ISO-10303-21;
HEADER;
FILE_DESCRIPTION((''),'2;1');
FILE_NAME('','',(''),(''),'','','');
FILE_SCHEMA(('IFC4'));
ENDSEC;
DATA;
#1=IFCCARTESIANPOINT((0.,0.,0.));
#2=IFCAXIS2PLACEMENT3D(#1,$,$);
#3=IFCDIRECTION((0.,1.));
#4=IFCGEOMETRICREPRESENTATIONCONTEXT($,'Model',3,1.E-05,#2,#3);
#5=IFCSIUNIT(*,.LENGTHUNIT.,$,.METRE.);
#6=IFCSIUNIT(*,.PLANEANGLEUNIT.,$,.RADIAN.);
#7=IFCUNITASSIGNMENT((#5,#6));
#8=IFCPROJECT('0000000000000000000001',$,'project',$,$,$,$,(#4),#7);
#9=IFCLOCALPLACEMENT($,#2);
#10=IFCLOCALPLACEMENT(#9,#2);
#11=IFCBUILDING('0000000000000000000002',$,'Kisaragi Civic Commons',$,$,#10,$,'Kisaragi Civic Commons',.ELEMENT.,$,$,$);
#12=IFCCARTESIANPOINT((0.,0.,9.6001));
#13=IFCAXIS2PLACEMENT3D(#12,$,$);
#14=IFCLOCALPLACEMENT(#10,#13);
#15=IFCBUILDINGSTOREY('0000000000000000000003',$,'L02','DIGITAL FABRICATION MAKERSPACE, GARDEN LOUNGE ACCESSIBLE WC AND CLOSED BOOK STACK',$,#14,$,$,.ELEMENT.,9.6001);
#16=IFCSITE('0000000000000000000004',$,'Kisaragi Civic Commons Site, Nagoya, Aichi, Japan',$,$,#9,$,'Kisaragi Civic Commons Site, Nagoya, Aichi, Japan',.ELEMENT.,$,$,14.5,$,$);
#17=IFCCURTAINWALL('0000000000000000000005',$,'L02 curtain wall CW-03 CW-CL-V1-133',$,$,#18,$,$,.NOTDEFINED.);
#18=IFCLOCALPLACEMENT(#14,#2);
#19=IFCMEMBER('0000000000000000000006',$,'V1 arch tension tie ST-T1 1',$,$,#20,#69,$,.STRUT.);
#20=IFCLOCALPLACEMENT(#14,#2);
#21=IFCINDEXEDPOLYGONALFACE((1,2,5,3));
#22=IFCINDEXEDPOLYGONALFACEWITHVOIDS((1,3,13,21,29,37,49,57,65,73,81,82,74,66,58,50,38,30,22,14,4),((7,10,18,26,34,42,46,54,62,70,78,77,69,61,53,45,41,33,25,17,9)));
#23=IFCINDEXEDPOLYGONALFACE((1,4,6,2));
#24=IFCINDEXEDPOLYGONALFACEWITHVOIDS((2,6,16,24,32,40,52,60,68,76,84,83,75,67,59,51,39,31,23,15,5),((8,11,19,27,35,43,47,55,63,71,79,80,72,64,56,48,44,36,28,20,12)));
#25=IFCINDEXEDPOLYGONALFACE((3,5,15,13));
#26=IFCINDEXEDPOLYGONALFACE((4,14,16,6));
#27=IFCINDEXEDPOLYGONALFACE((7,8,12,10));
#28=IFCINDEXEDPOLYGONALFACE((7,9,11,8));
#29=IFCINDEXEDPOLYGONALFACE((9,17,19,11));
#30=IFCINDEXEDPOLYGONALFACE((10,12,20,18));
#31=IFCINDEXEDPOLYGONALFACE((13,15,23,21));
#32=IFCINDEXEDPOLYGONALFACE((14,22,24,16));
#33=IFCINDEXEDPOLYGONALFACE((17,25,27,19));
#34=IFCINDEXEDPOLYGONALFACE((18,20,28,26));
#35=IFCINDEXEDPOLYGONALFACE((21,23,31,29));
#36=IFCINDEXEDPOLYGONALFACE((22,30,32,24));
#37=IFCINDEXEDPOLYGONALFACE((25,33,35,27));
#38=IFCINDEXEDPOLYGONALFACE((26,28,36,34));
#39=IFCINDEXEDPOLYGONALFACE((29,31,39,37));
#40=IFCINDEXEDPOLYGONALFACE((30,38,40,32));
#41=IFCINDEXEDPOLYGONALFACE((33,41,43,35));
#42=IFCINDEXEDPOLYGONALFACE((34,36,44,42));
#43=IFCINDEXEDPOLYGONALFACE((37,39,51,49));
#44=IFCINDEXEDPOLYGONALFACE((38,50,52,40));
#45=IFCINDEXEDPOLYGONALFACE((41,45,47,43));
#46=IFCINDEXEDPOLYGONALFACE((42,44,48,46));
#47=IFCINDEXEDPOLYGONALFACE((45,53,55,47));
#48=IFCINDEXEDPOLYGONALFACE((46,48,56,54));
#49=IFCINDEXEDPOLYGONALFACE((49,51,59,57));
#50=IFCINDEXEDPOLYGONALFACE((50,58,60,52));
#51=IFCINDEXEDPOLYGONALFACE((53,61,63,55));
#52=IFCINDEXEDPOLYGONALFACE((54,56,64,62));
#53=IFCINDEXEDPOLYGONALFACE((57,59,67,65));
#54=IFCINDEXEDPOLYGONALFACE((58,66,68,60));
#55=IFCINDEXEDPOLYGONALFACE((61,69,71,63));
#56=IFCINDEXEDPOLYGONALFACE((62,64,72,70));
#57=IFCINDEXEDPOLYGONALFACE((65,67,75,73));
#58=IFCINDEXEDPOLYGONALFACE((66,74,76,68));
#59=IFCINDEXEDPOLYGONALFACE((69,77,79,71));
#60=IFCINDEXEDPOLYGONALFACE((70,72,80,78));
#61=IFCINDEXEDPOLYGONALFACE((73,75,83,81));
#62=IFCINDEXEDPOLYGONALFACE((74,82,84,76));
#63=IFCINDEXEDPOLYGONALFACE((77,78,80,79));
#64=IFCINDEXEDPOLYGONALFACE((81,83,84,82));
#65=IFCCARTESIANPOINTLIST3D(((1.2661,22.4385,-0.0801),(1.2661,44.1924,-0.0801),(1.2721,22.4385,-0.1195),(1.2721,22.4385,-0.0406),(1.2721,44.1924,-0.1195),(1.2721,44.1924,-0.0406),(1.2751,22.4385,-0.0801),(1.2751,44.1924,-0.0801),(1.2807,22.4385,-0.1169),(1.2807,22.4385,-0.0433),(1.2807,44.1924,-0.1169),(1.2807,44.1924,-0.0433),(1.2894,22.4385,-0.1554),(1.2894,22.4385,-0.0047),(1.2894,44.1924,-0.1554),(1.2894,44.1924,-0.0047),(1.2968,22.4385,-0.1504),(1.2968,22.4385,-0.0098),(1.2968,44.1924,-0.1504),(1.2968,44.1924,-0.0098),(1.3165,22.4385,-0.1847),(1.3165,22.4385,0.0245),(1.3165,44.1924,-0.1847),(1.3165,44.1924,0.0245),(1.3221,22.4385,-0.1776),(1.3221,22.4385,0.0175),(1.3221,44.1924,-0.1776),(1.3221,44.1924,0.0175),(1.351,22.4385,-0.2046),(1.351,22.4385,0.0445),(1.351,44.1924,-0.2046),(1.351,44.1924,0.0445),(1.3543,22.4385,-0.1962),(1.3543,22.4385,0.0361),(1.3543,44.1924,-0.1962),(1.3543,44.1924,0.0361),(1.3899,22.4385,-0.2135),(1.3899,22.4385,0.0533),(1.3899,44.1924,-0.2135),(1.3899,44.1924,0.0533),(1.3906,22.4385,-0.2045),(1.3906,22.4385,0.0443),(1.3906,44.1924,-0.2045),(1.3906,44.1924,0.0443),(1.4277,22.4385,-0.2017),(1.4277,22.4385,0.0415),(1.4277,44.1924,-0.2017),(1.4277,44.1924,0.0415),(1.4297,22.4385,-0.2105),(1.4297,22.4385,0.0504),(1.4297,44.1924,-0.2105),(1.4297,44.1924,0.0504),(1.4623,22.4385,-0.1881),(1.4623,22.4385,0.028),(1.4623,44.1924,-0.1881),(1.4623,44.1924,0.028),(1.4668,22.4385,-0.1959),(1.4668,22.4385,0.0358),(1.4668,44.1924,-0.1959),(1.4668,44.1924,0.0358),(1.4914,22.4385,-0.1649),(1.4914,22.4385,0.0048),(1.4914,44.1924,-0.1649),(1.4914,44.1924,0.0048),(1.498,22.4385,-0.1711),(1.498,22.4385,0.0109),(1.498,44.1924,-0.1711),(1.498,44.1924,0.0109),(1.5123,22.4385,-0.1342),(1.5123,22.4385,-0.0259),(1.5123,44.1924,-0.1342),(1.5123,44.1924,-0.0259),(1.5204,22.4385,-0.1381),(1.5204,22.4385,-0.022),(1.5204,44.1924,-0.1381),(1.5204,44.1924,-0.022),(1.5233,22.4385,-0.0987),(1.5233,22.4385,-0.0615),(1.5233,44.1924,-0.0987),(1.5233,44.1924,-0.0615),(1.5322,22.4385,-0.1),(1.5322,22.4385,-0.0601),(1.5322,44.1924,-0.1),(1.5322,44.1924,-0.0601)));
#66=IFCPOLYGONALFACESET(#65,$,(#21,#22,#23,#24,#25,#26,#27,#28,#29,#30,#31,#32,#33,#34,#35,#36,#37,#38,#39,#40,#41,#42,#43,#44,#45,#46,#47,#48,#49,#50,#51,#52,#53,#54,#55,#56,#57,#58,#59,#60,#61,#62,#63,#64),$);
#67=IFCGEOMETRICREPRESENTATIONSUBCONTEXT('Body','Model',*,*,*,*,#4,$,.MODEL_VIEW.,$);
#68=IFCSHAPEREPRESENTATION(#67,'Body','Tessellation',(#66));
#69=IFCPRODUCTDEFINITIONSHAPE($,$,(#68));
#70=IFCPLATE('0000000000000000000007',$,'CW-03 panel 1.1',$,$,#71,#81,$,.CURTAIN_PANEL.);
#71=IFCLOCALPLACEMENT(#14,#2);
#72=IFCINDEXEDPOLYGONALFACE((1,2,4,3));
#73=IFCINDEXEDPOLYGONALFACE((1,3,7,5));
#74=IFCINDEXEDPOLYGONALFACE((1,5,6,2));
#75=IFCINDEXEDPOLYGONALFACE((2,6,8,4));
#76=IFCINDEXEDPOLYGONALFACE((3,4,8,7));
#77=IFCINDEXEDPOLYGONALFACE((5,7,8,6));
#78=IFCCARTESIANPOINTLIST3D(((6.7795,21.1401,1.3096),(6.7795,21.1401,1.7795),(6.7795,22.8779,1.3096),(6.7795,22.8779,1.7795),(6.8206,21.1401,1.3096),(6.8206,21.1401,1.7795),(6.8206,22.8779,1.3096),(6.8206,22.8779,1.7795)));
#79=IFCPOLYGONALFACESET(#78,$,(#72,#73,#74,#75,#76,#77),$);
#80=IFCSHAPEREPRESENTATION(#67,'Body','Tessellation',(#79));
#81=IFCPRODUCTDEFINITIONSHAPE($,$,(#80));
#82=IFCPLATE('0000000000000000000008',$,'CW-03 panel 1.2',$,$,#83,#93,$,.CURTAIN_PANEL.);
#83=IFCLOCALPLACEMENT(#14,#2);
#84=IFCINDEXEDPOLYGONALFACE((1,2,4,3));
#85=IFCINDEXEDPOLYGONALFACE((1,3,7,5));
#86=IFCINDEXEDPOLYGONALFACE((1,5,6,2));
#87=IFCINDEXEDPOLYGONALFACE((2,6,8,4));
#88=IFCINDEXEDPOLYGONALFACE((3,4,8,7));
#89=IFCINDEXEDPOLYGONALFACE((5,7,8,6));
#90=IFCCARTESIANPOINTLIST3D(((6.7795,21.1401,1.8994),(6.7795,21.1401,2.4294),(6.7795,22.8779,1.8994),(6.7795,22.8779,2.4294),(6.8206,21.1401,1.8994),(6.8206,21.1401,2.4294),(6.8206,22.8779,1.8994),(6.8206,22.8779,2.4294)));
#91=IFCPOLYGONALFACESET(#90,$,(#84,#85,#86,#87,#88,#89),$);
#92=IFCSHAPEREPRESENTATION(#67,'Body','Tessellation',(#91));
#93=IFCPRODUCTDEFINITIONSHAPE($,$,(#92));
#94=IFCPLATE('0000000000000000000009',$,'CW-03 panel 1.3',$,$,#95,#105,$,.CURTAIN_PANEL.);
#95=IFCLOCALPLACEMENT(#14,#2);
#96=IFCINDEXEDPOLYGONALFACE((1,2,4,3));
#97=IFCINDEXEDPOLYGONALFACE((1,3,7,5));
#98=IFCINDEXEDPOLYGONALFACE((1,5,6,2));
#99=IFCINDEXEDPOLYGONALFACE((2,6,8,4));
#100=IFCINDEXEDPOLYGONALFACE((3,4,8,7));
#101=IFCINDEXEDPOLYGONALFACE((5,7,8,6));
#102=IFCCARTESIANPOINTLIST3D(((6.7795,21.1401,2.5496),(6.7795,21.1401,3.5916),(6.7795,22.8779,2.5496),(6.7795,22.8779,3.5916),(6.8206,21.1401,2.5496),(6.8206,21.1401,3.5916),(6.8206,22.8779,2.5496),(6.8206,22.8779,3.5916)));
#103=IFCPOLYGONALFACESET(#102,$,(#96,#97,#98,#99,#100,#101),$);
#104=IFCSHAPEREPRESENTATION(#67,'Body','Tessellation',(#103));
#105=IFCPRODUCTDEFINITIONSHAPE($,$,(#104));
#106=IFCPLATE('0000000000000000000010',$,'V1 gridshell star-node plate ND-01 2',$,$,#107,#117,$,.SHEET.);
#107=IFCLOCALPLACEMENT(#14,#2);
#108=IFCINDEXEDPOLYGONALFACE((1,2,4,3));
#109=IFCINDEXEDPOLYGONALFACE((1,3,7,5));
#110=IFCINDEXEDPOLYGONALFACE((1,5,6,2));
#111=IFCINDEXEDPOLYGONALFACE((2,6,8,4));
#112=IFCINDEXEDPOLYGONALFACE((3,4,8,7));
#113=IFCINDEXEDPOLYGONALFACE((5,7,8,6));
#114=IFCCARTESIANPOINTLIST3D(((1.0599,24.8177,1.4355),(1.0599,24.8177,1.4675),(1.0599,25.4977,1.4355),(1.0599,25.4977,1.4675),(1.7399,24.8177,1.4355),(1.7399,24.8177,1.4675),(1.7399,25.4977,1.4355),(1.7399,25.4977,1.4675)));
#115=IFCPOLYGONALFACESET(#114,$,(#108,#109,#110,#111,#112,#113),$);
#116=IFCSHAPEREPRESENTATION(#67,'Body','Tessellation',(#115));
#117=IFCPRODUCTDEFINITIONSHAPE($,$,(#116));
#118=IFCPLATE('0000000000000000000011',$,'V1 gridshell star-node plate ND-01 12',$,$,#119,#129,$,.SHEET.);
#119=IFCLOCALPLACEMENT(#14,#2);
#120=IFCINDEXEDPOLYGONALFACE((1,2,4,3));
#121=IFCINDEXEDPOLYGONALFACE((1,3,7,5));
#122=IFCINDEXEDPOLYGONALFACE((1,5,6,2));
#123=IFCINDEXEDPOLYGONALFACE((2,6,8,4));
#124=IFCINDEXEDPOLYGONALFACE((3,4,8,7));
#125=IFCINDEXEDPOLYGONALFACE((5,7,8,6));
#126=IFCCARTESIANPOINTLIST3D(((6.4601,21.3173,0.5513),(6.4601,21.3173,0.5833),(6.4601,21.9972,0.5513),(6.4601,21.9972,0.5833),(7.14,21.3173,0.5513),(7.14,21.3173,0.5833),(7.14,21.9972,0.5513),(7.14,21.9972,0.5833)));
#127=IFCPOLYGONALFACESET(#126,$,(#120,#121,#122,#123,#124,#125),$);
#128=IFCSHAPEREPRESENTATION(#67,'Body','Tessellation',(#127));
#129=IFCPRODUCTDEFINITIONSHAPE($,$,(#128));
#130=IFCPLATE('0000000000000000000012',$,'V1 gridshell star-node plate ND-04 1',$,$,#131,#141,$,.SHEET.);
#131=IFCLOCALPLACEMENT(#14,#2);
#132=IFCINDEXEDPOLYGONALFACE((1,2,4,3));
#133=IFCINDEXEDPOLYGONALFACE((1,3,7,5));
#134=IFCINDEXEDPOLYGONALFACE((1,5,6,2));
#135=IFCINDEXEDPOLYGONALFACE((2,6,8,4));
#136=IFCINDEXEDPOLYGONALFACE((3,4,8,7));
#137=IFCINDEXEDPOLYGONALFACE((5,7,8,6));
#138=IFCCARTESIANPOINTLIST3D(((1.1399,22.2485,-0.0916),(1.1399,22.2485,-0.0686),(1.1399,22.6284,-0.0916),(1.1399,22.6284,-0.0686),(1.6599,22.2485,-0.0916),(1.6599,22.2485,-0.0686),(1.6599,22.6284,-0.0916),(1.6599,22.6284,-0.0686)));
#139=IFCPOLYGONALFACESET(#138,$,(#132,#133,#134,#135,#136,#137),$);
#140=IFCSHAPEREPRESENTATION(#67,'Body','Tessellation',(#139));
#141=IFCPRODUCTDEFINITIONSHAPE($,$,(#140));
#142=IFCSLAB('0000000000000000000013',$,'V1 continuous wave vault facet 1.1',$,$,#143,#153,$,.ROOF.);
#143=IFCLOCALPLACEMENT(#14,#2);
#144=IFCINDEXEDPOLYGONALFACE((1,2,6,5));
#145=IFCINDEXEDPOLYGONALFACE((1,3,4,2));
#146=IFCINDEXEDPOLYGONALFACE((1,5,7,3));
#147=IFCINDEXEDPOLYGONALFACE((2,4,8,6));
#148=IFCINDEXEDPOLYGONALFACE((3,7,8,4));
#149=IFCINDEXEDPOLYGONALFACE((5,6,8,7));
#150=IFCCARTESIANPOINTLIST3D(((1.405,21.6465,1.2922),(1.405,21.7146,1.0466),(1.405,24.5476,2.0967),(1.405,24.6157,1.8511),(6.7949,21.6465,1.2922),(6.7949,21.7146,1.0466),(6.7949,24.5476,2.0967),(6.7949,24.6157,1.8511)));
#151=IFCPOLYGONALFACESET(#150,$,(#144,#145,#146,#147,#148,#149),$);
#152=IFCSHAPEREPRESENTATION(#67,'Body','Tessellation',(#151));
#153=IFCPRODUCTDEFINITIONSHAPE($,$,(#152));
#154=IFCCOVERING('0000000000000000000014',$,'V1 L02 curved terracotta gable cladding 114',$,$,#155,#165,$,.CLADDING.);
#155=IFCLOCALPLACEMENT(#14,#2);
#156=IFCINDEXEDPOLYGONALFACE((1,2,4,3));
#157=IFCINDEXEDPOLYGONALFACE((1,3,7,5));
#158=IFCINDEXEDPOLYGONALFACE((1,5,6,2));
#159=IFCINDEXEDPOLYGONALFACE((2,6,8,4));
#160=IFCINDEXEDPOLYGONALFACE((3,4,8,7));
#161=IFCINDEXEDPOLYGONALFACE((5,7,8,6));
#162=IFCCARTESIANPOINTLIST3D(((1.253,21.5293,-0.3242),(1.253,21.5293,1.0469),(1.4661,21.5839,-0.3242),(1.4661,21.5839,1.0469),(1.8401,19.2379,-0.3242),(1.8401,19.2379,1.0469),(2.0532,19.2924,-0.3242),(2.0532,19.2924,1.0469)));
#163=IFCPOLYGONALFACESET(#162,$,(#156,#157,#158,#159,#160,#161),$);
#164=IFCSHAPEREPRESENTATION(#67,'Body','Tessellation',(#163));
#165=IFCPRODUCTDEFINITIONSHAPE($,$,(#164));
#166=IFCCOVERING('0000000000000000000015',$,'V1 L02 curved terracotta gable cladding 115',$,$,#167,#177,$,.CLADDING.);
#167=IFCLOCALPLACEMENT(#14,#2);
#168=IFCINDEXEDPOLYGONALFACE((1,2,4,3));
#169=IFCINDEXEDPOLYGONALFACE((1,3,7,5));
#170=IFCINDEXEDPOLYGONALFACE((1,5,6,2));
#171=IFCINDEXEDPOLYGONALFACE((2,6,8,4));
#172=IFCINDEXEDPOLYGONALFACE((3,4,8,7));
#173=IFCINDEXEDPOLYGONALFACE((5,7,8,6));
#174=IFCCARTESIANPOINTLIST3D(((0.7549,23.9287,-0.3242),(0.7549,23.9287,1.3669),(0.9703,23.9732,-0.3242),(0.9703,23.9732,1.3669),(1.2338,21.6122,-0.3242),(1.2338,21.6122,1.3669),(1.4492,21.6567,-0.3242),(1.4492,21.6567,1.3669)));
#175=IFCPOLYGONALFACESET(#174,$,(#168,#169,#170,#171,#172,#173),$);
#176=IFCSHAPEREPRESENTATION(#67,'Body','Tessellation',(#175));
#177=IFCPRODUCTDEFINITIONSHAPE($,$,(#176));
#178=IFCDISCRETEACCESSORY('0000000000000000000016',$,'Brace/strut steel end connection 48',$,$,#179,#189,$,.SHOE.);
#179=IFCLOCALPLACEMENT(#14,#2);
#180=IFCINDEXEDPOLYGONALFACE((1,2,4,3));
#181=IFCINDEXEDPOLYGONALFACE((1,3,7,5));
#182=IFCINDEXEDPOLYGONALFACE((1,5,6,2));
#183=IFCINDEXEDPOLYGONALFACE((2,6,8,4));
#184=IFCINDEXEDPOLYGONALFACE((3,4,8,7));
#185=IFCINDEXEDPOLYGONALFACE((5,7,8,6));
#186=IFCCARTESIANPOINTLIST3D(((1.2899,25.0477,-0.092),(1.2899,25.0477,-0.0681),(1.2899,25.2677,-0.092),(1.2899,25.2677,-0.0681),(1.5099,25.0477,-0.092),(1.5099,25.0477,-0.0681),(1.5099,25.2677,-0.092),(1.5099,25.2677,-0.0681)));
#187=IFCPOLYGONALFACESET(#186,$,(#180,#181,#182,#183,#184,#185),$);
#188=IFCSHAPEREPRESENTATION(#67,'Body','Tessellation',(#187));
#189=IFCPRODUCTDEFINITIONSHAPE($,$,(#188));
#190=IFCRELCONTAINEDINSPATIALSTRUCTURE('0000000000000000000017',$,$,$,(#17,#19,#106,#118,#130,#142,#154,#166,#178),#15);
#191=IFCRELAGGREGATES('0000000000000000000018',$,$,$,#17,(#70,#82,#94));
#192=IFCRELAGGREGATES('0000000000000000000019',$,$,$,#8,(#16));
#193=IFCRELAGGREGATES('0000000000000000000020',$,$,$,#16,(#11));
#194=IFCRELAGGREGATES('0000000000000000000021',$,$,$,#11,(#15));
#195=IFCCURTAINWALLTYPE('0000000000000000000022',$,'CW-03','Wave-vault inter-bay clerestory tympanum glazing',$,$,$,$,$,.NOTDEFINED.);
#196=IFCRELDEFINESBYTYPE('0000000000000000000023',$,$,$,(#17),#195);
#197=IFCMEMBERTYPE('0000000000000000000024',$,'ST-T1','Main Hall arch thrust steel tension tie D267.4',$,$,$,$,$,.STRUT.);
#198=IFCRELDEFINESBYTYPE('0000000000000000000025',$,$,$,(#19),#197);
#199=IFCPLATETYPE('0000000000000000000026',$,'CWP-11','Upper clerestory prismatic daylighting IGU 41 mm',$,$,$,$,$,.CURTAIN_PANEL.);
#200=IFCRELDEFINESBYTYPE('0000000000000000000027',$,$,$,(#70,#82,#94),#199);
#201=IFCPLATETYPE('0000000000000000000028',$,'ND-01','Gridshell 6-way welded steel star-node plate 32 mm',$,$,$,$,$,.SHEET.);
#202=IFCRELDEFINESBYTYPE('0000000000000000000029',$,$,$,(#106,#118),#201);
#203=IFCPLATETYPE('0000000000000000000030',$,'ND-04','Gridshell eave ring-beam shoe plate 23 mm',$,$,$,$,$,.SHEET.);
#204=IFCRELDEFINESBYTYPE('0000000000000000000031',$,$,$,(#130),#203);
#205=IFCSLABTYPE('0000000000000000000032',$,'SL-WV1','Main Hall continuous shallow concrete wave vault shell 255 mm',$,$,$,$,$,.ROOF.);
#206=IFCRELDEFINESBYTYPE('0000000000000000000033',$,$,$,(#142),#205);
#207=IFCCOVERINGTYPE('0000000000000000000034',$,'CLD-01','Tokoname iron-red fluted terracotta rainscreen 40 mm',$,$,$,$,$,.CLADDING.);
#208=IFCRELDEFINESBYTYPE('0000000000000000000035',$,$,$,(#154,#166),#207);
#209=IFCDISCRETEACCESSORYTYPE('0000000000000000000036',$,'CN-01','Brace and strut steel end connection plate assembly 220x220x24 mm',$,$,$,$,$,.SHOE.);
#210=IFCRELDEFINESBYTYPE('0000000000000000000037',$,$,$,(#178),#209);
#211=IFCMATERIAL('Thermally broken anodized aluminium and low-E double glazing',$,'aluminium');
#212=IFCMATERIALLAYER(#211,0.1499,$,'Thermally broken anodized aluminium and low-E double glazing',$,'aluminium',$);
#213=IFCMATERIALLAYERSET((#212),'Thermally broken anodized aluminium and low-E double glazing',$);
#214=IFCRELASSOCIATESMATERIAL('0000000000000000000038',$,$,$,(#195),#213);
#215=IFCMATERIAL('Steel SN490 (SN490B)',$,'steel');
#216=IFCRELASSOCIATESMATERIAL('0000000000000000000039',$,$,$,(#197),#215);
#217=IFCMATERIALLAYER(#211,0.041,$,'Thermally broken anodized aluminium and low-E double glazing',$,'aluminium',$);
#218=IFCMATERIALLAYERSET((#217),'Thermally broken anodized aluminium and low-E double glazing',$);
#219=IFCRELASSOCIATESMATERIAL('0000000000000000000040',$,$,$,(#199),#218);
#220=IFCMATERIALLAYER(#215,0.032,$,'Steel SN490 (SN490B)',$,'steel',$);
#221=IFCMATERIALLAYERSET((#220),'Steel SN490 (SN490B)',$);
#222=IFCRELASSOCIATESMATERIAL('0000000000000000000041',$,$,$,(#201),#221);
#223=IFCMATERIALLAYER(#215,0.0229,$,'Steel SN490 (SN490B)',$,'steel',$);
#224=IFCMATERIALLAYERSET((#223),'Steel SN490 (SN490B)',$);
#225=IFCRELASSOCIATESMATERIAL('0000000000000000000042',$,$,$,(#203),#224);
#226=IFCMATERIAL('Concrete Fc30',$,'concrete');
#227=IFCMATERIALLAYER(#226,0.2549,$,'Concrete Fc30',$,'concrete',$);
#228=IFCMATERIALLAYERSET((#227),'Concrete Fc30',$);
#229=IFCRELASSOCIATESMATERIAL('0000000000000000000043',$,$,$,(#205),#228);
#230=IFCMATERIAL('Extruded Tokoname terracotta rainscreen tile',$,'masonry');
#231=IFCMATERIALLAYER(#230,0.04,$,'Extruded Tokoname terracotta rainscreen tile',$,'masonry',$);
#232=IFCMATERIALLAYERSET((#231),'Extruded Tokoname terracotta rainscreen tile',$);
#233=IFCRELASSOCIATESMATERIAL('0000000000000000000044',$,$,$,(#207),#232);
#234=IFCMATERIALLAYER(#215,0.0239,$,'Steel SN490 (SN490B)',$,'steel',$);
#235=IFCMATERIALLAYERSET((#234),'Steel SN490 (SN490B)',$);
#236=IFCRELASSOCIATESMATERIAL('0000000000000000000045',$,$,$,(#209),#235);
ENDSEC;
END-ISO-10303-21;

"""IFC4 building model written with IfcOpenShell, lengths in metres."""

from ifc_helpers import new_model, si_unit, direction, frame, origin, origin_2d, place, context, subcontext, project, spatial, polyline, rectangle, hollow_circle, outline, extrude, material, layer, layer_set, material_profile, profile_set, type_object, element, aggregate, save


model = new_model("IFC4")

# Units and contexts
model_context = context("Model", 3, precision=1e-05, world=origin(), true_north=direction((0.0, 1.0)))
body_context = subcontext(model_context, "Body", "Model", "MODEL_VIEW")
ifc_project = project(units=[si_unit("LENGTHUNIT", "METRE"), si_unit("PLANEANGLEUNIT", "RADIAN")], contexts=[model_context])

# Site, building, storey
site_placement = place(None, origin())
site = spatial("IfcSite", under=ifc_project, at=site_placement, Name="Kisaragi Civic Commons Site, Nagoya, Aichi, Japan", LongName="Kisaragi Civic Commons Site, Nagoya, Aichi, Japan", CompositionType="ELEMENT", RefElevation=14.5)
building_placement = place(site_placement, origin())
building = spatial("IfcBuilding", under=site, at=building_placement, Name="Kisaragi Civic Commons", LongName="Kisaragi Civic Commons", CompositionType="ELEMENT")
storey_placement = place(building_placement, frame((0.0, 0.0, 9.6001)))
storey = spatial("IfcBuildingStorey", under=building, at=storey_placement, Name="L02", Description="DIGITAL FABRICATION MAKERSPACE, GARDEN LOUNGE ACCESSIBLE WC AND CLOSED BOOK STACK", CompositionType="ELEMENT", Elevation=9.6001)

# Curtain wall
ifc_material_1 = material(Name="Thermally broken anodized aluminium and low-E double glazing", Category="aluminium")
ifc_layer_1 = layer(ifc_material_1, 0.1499, Name="Thermally broken anodized aluminium and low-E double glazing", Category="aluminium")
ifc_layer_set_1 = layer_set([ifc_layer_1], Name="Thermally broken anodized aluminium and low-E double glazing")
curtain_wall_type = type_object("IfcCurtainWallType", Name="CW-03", Description="Wave-vault inter-bay clerestory tympanum glazing", PredefinedType="NOTDEFINED", material=ifc_layer_set_1)
curtain_wall_placement = place(storey_placement, origin())
curtain_wall = element("IfcCurtainWall", 1, at=curtain_wall_placement, inside=storey, type_object=curtain_wall_type, Name="L02 curtain wall CW-03 CW-CL-V1-133", PredefinedType="NOTDEFINED")

# Member
ifc_material_2 = material(Name="Steel SN490 (SN490B)", Category="steel")
ifc_material_profile_1 = material_profile(ifc_material_2, hollow_circle(Radius=0.1338, WallThickness=0.009, at=origin_2d()), Name="CHS-267.4x9.0", Category="steel")
ifc_profile_set_1 = profile_set([ifc_material_profile_1], Name="Steel SN490 (SN490B)")
member_type_1 = type_object("IfcMemberType", Name="ST-T1", Description="Main Hall arch thrust steel tension tie D267.4", PredefinedType="STRUT", material=ifc_profile_set_1)
member_1_placement = place(storey_placement, frame((1.3999, 22.4385, -0.0801), z_axis=(0.0, 1.0, 0.0), x_axis=(-1.0, 0.0, 0.0)))
element("IfcMember", 2, at=member_1_placement, inside=storey, type_object=member_type_1, Name="V1 arch tension tie ST-T1 1", PredefinedType="STRUT", context=body_context, shape_type="SweptSolid", body=[
    extrude(hollow_circle(Radius=0.1338, WallThickness=0.009, at=origin_2d()), origin(), (0.0, 0.0, 1.0), 21.7539),
])

# Plates
ifc_layer_2 = layer(ifc_material_1, 0.041, Name="Thermally broken anodized aluminium and low-E double glazing", Category="aluminium")
ifc_layer_set_2 = layer_set([ifc_layer_2], Name="Thermally broken anodized aluminium and low-E double glazing")
plate_type_1 = type_object("IfcPlateType", Name="CWP-11", Description="Upper clerestory prismatic daylighting IGU 41 mm", PredefinedType="CURTAIN_PANEL", material=ifc_layer_set_2)
plate_1_placement = place(storey_placement, frame((6.8, 22.009, 1.3096), z_axis=(0.0, 0.0, 1.0), x_axis=(0.0, 1.0, 0.0)))
plate_1 = element("IfcPlate", 3, at=plate_1_placement, type_object=plate_type_1, Name="CW-03 panel 1.1", PredefinedType="CURTAIN_PANEL", context=body_context, shape_type="SweptSolid", body=[
    extrude(rectangle(XDim=1.7378, YDim=0.041, at=origin_2d()), origin(), (0.0, 0.0, 1.0), 0.47),
])
plate_2_placement = place(storey_placement, frame((6.8, 22.009, 1.8994), z_axis=(0.0, 0.0, 1.0), x_axis=(0.0, 1.0, 0.0)))
plate_2 = element("IfcPlate", 4, at=plate_2_placement, type_object=plate_type_1, Name="CW-03 panel 1.2", PredefinedType="CURTAIN_PANEL", context=body_context, shape_type="SweptSolid", body=[
    extrude(rectangle(XDim=1.7378, YDim=0.041, at=origin_2d()), origin(), (0.0, 0.0, 1.0), 0.53),
])
plate_3_placement = place(storey_placement, frame((6.8, 22.009, 2.5496), z_axis=(0.0, 0.0, 1.0), x_axis=(0.0, 1.0, 0.0)))
plate_3 = element("IfcPlate", 5, at=plate_3_placement, type_object=plate_type_1, Name="CW-03 panel 1.3", PredefinedType="CURTAIN_PANEL", context=body_context, shape_type="SweptSolid", body=[
    extrude(rectangle(XDim=1.7378, YDim=0.041, at=origin_2d()), origin(), (0.0, 0.0, 1.0), 1.042),
])
aggregate(curtain_wall, [plate_1, plate_2, plate_3])

# Plates
ifc_layer_3 = layer(ifc_material_2, 0.032, Name="Steel SN490 (SN490B)", Category="steel")
ifc_layer_set_3 = layer_set([ifc_layer_3], Name="Steel SN490 (SN490B)")
plate_type_2 = type_object("IfcPlateType", Name="ND-01", Description="Gridshell 6-way welded steel star-node plate 32 mm", PredefinedType="SHEET", material=ifc_layer_set_3)
for number, where, z_axis, x_axis, name in (
    (6, (1.3999, 25.1577, 1.4355), (0.0, 0.0, 1.0), (1.0, 0.0, 0.0), "V1 gridshell star-node plate ND-01 2"),
    (7, (6.8, 21.6572, 0.5513), (0.0, 0.0, 1.0), (1.0, 0.0, 0.0), "V1 gridshell star-node plate ND-01 12"),
):
    element("IfcPlate", number, at=place(storey_placement, frame(where, z_axis=z_axis, x_axis=x_axis)), inside=storey, type_object=plate_type_2, Name=name, PredefinedType="SHEET", context=body_context, shape_type="SweptSolid", body=[
        extrude(rectangle(XDim=0.6799, YDim=0.6799, at=origin_2d()), origin(), (0.0, 0.0, 1.0), 0.032),
    ])
ifc_layer_4 = layer(ifc_material_2, 0.0229, Name="Steel SN490 (SN490B)", Category="steel")
ifc_layer_set_4 = layer_set([ifc_layer_4], Name="Steel SN490 (SN490B)")
plate_type_3 = type_object("IfcPlateType", Name="ND-04", Description="Gridshell eave ring-beam shoe plate 23 mm", PredefinedType="SHEET", material=ifc_layer_set_4)
plate_4_placement = place(storey_placement, frame((1.3999, 22.4385, -0.0916), z_axis=(0.0, 0.0, 1.0), x_axis=(1.0, 0.0, 0.0)))
element("IfcPlate", 8, at=plate_4_placement, inside=storey, type_object=plate_type_3, Name="V1 gridshell star-node plate ND-04 1", PredefinedType="SHEET", context=body_context, shape_type="SweptSolid", body=[
    extrude(rectangle(XDim=0.52, YDim=0.3799, at=origin_2d()), origin(), (0.0, 0.0, 1.0), 0.0229),
])

# Slab
ifc_material_3 = material(Name="Concrete Fc30", Category="concrete")
ifc_layer_5 = layer(ifc_material_3, 0.2549, Name="Concrete Fc30", Category="concrete")
ifc_layer_set_5 = layer_set([ifc_layer_5], Name="Concrete Fc30")
slab_type = type_object("IfcSlabType", Name="SL-WV1", Description="Main Hall continuous shallow concrete wave vault shell 255 mm", PredefinedType="ROOF", material=ifc_layer_set_5)
slab_placement = place(storey_placement, frame((6.7949, 24.5476, 2.0967), z_axis=(0.0, -0.267205, 0.96364), x_axis=(-1.0, 0.0, 0.0)))
element("IfcSlab", 9, at=slab_placement, inside=storey, type_object=slab_type, Name="V1 continuous wave vault facet 1.1", PredefinedType="ROOF", context=body_context, shape_type="SweptSolid", body=[
    extrude(outline(polyline([(0.0, 0.0), (5.3899, 0.0), (5.3899, 3.0106), (0.0, 3.0106), (0.0, 0.0)])), origin(), (0.0, 0.0, -1.0), 0.2549),
])

# Coverings
ifc_material_4 = material(Name="Extruded Tokoname terracotta rainscreen tile", Category="masonry")
ifc_layer_6 = layer(ifc_material_4, 0.04, Name="Extruded Tokoname terracotta rainscreen tile", Category="masonry")
ifc_layer_set_6 = layer_set([ifc_layer_6], Name="Extruded Tokoname terracotta rainscreen tile")
covering_type = type_object("IfcCoveringType", Name="CLD-01", Description="Tokoname iron-red fluted terracotta rainscreen 40 mm", PredefinedType="CLADDING", material=ifc_layer_set_6)
covering_1_placement = place(storey_placement, frame((1.6531, 20.4109, -0.3242), z_axis=(0.0, 0.0, 1.0), x_axis=(-0.248183, 0.968713, 0.0)))
element("IfcCovering", 10, at=covering_1_placement, inside=storey, type_object=covering_type, Name="V1 L02 curved terracotta gable cladding 114", PredefinedType="CLADDING", context=body_context, shape_type="SweptSolid", body=[
    extrude(rectangle(XDim=2.3655, YDim=0.22, at=origin_2d()), origin(), (0.0, 0.0, 1.0), 1.3711),
])
covering_2_placement = place(storey_placement, frame((1.1021, 22.7927, -0.3242), z_axis=(0.0, 0.0, 1.0), x_axis=(-0.202445, 0.979294, 0.0)))
element("IfcCovering", 11, at=covering_2_placement, inside=storey, type_object=covering_type, Name="V1 L02 curved terracotta gable cladding 115", PredefinedType="CLADDING", context=body_context, shape_type="SweptSolid", body=[
    extrude(rectangle(XDim=2.3655, YDim=0.22, at=origin_2d()), origin(), (0.0, 0.0, 1.0), 1.6912),
])

# Discrete accessory
ifc_layer_7 = layer(ifc_material_2, 0.0239, Name="Steel SN490 (SN490B)", Category="steel")
ifc_layer_set_7 = layer_set([ifc_layer_7], Name="Steel SN490 (SN490B)")
discrete_accessory_type = type_object("IfcDiscreteAccessoryType", Name="CN-01", Description="Brace and strut steel end connection plate assembly 220x220x24 mm", PredefinedType="SHOE", material=ifc_layer_set_7)
for number, where, z_axis, x_axis, name in (
    (12, (1.3999, 25.1577, -0.092), (0.0, 0.0, 1.0), (1.0, 0.0, 0.0), "Brace/strut steel end connection 48"),
):
    element("IfcDiscreteAccessory", number, at=place(storey_placement, frame(where, z_axis=z_axis, x_axis=x_axis)), inside=storey, type_object=discrete_accessory_type, Name=name, PredefinedType="SHOE", context=body_context, shape_type="SweptSolid", body=[
        extrude(rectangle(XDim=0.22, YDim=0.22, at=origin_2d()), origin(), (0.0, 0.0, 1.0), 0.0239),
    ])

save(model, "model.ifc")
